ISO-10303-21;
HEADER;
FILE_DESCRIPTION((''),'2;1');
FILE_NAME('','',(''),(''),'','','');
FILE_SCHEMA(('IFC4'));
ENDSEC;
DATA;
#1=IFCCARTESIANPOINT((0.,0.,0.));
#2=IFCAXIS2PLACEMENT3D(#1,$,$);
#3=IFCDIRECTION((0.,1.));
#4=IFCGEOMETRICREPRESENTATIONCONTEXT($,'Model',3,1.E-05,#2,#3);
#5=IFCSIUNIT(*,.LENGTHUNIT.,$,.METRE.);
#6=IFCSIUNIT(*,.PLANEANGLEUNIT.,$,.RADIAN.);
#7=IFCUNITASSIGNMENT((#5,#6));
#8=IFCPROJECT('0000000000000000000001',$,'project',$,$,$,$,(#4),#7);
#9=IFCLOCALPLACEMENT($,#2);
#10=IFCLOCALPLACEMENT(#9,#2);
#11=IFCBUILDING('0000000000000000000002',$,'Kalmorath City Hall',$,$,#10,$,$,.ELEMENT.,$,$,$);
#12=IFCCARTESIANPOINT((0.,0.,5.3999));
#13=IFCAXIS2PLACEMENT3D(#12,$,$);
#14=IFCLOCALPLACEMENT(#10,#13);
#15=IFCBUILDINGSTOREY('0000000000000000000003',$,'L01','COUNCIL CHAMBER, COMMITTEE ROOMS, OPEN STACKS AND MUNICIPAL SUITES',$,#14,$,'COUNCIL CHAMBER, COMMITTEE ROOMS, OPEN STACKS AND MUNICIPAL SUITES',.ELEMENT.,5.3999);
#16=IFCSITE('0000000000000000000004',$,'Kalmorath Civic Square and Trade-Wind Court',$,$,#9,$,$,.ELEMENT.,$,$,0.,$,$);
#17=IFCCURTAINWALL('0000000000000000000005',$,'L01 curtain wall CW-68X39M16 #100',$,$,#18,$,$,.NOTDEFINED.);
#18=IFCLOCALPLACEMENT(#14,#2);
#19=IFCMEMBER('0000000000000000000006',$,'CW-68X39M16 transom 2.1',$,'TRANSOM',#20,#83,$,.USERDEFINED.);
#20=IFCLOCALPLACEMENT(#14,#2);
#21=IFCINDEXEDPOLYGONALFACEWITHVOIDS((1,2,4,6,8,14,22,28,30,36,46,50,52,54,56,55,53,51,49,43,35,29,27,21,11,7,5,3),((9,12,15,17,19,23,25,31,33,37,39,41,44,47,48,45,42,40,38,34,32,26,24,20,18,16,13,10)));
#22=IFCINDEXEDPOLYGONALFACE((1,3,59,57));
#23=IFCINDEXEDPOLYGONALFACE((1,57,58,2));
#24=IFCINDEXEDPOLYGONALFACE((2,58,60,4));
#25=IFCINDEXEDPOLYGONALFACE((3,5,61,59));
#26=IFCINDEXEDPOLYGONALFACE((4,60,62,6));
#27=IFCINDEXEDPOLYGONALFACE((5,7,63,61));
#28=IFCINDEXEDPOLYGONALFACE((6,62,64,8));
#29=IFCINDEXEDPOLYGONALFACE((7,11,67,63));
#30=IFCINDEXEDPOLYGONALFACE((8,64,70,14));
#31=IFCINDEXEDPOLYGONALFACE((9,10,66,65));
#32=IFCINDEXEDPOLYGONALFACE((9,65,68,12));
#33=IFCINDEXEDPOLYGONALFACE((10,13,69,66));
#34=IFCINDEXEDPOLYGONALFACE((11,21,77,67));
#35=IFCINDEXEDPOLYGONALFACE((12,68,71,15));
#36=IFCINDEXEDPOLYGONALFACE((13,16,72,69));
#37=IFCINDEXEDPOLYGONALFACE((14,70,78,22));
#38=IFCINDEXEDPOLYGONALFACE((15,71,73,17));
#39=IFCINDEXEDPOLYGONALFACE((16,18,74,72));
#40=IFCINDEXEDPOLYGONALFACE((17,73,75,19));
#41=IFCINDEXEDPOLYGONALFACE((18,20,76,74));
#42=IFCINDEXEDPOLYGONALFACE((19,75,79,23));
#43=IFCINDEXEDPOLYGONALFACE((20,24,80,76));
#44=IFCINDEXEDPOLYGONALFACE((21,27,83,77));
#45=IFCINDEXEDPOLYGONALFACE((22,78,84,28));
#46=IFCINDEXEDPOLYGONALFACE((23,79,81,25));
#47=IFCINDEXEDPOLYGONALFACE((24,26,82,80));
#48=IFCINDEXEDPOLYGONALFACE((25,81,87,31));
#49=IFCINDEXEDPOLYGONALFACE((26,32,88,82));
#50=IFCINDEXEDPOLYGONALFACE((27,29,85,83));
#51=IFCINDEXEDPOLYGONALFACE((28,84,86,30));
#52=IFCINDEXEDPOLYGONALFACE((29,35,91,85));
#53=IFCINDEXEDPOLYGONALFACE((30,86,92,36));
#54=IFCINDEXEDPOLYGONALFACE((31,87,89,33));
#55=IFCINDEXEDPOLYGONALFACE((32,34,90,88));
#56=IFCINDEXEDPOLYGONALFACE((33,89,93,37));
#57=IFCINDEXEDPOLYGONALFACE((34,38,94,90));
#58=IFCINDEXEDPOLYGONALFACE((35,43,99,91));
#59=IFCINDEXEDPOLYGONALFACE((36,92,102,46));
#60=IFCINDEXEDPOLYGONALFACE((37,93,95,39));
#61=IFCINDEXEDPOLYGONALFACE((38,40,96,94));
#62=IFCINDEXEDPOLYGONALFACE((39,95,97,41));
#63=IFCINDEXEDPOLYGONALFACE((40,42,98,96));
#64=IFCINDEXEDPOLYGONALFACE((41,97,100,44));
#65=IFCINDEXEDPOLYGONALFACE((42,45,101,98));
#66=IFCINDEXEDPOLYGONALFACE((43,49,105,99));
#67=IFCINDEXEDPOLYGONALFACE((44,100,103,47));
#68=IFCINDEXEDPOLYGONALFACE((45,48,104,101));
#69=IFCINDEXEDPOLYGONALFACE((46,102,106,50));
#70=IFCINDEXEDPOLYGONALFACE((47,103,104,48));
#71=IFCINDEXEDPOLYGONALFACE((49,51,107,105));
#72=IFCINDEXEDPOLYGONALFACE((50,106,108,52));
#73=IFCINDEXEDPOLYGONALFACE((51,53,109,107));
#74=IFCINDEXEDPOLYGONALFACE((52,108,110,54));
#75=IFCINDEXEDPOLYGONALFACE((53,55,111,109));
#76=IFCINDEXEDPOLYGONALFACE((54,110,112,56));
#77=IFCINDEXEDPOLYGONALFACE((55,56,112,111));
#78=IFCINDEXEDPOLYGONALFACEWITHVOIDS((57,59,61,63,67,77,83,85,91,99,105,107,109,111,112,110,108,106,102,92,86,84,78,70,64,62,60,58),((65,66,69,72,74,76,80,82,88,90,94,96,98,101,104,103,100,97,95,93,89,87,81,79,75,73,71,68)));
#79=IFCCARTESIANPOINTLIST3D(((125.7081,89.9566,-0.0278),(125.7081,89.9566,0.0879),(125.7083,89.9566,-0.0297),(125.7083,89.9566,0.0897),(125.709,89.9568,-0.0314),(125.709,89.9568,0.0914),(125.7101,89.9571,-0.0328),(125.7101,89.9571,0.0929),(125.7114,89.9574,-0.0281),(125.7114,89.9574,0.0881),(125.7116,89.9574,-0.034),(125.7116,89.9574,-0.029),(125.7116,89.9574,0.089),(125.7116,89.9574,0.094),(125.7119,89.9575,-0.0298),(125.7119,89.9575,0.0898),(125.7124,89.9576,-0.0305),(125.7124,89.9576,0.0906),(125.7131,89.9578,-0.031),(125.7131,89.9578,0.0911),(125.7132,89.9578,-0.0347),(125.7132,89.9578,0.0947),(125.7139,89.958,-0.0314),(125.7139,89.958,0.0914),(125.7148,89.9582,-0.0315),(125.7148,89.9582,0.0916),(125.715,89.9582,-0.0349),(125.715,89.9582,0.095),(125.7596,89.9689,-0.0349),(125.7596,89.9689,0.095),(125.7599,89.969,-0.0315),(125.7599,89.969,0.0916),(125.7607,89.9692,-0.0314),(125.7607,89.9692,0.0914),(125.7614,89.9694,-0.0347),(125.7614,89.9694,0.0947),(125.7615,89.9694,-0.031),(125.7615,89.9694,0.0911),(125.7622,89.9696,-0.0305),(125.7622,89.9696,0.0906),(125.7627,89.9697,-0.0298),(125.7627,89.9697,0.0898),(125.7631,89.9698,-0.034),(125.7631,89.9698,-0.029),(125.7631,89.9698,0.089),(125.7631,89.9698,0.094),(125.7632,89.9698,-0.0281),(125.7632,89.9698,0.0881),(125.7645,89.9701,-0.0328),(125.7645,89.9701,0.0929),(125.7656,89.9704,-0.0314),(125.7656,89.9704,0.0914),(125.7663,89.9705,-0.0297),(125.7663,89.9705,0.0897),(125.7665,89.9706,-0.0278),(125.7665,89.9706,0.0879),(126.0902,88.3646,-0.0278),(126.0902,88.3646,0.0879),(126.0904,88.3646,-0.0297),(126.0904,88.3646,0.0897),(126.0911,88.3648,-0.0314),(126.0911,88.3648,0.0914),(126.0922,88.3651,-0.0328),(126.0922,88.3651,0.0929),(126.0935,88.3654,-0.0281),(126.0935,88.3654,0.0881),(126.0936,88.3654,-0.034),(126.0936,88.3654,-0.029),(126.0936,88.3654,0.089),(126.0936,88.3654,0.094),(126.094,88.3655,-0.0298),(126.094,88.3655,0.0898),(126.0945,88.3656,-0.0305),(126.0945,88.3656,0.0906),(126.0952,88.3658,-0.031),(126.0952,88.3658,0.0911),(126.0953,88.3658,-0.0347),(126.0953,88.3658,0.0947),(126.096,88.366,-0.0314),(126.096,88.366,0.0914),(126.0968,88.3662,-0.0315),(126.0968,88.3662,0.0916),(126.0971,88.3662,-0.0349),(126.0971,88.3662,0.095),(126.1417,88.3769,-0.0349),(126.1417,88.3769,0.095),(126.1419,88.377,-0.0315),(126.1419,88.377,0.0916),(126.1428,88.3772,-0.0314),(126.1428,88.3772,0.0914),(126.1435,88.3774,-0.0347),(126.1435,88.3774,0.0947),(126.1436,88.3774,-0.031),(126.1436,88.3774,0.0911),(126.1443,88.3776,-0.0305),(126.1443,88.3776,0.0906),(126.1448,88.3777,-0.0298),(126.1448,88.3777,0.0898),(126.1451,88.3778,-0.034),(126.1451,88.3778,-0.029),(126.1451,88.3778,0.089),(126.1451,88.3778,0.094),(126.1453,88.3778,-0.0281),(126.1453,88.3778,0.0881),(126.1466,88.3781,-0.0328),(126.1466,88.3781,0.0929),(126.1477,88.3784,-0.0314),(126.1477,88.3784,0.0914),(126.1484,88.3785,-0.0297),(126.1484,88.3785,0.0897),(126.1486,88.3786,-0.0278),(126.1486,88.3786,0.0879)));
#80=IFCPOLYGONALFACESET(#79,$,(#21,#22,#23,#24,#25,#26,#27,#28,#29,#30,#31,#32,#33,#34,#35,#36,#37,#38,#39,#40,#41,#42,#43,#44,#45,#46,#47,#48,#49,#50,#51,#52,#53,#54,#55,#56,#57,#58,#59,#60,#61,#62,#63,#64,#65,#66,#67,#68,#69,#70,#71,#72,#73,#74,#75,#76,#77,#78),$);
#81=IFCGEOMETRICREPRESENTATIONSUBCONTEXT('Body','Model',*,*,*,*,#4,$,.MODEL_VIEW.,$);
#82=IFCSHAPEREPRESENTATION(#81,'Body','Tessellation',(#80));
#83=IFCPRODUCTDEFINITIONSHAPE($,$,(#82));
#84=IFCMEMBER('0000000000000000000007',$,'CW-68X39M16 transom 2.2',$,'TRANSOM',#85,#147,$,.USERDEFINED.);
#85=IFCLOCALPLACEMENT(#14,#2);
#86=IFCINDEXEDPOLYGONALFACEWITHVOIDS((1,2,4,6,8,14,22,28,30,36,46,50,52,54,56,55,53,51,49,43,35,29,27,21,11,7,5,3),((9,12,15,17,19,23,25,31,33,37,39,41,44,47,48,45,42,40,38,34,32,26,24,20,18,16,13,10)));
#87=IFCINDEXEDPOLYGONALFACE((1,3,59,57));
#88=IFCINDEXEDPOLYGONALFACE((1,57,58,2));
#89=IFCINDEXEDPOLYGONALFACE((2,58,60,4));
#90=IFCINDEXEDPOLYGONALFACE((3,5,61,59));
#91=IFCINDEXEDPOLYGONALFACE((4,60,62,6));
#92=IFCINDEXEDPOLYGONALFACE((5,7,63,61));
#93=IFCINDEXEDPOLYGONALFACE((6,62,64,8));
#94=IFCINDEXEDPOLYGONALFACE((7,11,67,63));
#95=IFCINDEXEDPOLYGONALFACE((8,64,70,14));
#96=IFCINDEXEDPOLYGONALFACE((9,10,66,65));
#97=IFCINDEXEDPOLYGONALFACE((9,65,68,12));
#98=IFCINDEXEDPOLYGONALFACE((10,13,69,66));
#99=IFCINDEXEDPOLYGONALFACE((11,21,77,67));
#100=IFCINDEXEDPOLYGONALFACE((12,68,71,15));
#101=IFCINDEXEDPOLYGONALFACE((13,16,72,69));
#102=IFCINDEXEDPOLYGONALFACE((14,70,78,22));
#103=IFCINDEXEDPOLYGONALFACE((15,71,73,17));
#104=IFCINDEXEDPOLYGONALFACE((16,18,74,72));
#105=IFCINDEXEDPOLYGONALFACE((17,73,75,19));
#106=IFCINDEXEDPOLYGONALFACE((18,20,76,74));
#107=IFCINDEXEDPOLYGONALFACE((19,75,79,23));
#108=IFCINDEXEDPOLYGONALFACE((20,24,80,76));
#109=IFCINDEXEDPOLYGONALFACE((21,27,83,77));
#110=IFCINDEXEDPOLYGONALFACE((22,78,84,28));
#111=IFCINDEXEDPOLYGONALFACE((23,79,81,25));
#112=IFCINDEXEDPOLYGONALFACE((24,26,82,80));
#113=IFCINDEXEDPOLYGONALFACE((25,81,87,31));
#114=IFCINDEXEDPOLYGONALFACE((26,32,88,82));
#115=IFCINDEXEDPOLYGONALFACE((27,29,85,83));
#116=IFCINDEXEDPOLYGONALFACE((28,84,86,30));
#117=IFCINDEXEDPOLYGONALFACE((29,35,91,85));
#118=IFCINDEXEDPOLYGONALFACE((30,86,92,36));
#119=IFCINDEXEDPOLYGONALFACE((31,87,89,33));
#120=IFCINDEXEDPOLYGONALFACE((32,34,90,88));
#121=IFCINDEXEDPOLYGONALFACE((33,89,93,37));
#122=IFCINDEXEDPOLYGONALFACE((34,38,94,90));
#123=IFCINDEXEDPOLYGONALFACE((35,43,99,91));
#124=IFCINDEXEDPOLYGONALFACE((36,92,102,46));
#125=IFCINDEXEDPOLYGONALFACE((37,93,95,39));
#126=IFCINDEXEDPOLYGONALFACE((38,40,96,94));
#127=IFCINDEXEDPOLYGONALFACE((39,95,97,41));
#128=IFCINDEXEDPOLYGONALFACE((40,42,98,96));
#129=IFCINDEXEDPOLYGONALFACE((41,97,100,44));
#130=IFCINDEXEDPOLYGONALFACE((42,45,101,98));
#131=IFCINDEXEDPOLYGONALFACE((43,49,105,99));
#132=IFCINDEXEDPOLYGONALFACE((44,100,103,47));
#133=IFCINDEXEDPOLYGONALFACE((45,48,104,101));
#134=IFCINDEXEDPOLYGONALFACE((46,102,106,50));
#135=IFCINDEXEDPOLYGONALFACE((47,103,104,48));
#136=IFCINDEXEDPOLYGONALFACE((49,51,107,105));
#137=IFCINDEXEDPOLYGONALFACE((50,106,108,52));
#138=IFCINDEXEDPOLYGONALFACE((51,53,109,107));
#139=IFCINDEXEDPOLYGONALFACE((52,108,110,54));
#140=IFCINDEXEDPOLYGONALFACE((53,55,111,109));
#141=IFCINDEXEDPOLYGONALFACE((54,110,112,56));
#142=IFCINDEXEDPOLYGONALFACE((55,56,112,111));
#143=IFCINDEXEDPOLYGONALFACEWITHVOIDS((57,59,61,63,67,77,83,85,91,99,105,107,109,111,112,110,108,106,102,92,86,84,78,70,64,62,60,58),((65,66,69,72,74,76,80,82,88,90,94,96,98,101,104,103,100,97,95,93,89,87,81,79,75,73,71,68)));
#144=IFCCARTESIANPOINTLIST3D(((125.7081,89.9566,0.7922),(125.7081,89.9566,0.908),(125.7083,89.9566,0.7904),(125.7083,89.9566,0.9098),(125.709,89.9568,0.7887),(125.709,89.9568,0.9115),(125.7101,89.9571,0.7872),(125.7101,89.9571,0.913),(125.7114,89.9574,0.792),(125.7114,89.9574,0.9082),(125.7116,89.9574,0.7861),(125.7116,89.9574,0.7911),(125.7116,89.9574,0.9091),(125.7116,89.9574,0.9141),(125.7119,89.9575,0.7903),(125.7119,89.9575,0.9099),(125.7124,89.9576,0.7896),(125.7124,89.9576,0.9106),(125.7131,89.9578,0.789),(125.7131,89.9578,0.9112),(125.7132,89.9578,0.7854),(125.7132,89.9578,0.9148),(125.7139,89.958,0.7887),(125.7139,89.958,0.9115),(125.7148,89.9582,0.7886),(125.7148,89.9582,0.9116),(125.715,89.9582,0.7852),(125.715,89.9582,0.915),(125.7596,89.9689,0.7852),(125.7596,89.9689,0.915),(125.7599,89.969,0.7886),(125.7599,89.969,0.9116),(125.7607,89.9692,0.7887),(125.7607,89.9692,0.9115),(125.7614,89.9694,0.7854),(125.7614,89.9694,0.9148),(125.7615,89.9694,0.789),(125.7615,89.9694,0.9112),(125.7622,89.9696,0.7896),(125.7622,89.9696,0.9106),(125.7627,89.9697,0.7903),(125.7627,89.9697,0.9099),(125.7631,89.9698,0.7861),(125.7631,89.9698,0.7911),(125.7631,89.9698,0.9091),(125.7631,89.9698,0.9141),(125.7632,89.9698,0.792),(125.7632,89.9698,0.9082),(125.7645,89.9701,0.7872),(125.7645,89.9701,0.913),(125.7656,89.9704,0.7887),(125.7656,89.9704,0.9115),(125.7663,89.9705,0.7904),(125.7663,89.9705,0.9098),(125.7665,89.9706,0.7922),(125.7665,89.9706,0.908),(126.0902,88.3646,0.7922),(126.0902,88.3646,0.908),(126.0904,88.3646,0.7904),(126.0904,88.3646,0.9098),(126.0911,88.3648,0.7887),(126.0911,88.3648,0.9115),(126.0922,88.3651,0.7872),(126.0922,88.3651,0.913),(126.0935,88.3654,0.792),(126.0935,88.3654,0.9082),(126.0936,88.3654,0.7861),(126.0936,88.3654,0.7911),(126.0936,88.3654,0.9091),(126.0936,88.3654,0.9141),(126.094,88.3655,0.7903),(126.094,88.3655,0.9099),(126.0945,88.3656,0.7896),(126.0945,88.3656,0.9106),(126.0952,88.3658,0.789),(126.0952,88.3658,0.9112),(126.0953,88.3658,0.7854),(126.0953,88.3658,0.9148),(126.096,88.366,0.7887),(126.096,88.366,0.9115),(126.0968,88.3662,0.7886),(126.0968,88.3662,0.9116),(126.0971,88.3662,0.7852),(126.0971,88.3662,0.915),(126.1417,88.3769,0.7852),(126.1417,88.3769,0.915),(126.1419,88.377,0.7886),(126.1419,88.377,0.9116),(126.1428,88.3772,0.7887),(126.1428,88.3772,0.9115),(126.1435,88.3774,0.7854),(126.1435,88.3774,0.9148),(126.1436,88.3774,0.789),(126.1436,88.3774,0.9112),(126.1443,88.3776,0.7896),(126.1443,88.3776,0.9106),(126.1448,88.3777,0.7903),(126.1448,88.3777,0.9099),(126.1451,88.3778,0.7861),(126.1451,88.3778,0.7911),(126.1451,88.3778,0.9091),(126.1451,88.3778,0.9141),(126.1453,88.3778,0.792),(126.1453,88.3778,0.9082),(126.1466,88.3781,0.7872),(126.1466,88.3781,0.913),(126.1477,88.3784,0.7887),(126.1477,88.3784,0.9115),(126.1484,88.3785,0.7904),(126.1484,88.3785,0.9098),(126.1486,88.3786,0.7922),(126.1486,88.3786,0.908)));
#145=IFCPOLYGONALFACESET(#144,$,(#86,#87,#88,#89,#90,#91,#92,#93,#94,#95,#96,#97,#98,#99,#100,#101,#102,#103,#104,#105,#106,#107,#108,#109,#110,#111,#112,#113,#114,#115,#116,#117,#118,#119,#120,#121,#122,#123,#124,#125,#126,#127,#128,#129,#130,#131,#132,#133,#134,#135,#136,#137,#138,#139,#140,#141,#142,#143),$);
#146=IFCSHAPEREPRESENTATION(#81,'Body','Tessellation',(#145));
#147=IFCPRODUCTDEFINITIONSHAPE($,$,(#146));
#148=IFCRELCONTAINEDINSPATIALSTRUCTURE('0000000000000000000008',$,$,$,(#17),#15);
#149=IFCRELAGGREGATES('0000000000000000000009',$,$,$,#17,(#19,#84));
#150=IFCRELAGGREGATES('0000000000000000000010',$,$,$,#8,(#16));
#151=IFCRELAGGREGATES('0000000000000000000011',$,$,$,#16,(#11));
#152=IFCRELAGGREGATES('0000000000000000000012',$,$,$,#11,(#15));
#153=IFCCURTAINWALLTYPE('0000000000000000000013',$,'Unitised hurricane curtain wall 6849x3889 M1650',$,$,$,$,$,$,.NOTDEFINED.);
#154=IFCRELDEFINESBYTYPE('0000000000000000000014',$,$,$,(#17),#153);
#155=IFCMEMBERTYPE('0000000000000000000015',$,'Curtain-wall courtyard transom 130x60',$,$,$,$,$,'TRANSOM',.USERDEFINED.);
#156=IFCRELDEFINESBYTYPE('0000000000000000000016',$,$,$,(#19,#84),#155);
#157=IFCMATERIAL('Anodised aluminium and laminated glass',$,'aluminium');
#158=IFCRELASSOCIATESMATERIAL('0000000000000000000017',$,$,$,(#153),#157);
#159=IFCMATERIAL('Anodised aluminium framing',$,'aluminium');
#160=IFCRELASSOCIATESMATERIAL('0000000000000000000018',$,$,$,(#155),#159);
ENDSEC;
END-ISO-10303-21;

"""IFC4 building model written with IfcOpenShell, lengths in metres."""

from ifc_helpers import new_model, si_unit, direction, frame, origin, origin_2d, place, context, subcontext, project, spatial, hollow_rectangle, extrude, material, material_profile, profile_set, type_object, element, aggregate, save


model = new_model("IFC4")

# Units and contexts
model_context = context("Model", 3, precision=1e-05, world=origin(), true_north=direction((0.0, 1.0)))
body_context = subcontext(model_context, "Body", "Model", "MODEL_VIEW")
ifc_project = project(units=[si_unit("LENGTHUNIT", "METRE"), si_unit("PLANEANGLEUNIT", "RADIAN")], contexts=[model_context])

# Site, building, storey
site_placement = place(None, origin())
site = spatial("IfcSite", under=ifc_project, at=site_placement, Name="Kalmorath Civic Square and Trade-Wind Court", CompositionType="ELEMENT", RefElevation=0.0)
building_placement = place(site_placement, origin())
building = spatial("IfcBuilding", under=site, at=building_placement, Name="Kalmorath City Hall", CompositionType="ELEMENT")
storey_placement = place(building_placement, frame((0.0, 0.0, 5.3999)))
storey = spatial("IfcBuildingStorey", under=building, at=storey_placement, Name="L01", Description="COUNCIL CHAMBER, COMMITTEE ROOMS, OPEN STACKS AND MUNICIPAL SUITES", LongName="COUNCIL CHAMBER, COMMITTEE ROOMS, OPEN STACKS AND MUNICIPAL SUITES", CompositionType="ELEMENT", Elevation=5.3999)

# Curtain wall, members
ifc_material_1 = material(Name="Anodised aluminium and laminated glass", Category="aluminium")
curtain_wall_type = type_object("IfcCurtainWallType", Name="Unitised hurricane curtain wall 6849x3889 M1650", PredefinedType="NOTDEFINED", material=ifc_material_1)
curtain_wall_placement = place(storey_placement, origin())
curtain_wall = element("IfcCurtainWall", 1, at=curtain_wall_placement, inside=storey, type_object=curtain_wall_type, Name="L01 curtain wall CW-68X39M16 #100", PredefinedType="NOTDEFINED")
ifc_material_2 = material(Name="Anodised aluminium framing", Category="aluminium")
ifc_material_profile_1 = material_profile(ifc_material_2, hollow_rectangle(XDim=0.0601, YDim=0.1299, WallThickness=0.0034, InnerFilletRadius=0.0034, OuterFilletRadius=0.0071, at=origin_2d()), Name="ALU-TRN-130X60X3.5")
ifc_profile_set_1 = profile_set([ifc_material_profile_1], Name="Anodised aluminium framing")
member_type_1 = type_object("IfcMemberType", Name="Curtain-wall courtyard transom 130x60", ElementType="TRANSOM", PredefinedType="USERDEFINED", material=ifc_profile_set_1)
member_1_placement = place(storey_placement, frame((126.1194, 88.3716, 0.03), z_axis=(-0.233367, 0.972389, 0.0), x_axis=(-0.972389, -0.233367, 0.0)))
member_1 = element("IfcMember", 2, at=member_1_placement, type_object=member_type_1, Name="CW-68X39M16 transom 2.1", ObjectType="TRANSOM", PredefinedType="USERDEFINED", context=body_context, shape_type="SweptSolid", body=[
    extrude(hollow_rectangle(XDim=0.0601, YDim=0.1299, WallThickness=0.0034, InnerFilletRadius=0.0034, OuterFilletRadius=0.0071, at=origin_2d()), origin(), (0.0, 0.0, 1.0), 1.6372),
])
member_2_placement = place(storey_placement, frame((126.1194, 88.3716, 0.8501), z_axis=(-0.233367, 0.972389, 0.0), x_axis=(-0.972389, -0.233367, 0.0)))
member_2 = element("IfcMember", 3, at=member_2_placement, type_object=member_type_1, Name="CW-68X39M16 transom 2.2", ObjectType="TRANSOM", PredefinedType="USERDEFINED", context=body_context, shape_type="SweptSolid", body=[
    extrude(hollow_rectangle(XDim=0.0601, YDim=0.1299, WallThickness=0.0034, InnerFilletRadius=0.0034, OuterFilletRadius=0.0071, at=origin_2d()), origin(), (0.0, 0.0, 1.0), 1.6372),
])

aggregate(curtain_wall, [member_1, member_2])

save(model, "model.ifc")
